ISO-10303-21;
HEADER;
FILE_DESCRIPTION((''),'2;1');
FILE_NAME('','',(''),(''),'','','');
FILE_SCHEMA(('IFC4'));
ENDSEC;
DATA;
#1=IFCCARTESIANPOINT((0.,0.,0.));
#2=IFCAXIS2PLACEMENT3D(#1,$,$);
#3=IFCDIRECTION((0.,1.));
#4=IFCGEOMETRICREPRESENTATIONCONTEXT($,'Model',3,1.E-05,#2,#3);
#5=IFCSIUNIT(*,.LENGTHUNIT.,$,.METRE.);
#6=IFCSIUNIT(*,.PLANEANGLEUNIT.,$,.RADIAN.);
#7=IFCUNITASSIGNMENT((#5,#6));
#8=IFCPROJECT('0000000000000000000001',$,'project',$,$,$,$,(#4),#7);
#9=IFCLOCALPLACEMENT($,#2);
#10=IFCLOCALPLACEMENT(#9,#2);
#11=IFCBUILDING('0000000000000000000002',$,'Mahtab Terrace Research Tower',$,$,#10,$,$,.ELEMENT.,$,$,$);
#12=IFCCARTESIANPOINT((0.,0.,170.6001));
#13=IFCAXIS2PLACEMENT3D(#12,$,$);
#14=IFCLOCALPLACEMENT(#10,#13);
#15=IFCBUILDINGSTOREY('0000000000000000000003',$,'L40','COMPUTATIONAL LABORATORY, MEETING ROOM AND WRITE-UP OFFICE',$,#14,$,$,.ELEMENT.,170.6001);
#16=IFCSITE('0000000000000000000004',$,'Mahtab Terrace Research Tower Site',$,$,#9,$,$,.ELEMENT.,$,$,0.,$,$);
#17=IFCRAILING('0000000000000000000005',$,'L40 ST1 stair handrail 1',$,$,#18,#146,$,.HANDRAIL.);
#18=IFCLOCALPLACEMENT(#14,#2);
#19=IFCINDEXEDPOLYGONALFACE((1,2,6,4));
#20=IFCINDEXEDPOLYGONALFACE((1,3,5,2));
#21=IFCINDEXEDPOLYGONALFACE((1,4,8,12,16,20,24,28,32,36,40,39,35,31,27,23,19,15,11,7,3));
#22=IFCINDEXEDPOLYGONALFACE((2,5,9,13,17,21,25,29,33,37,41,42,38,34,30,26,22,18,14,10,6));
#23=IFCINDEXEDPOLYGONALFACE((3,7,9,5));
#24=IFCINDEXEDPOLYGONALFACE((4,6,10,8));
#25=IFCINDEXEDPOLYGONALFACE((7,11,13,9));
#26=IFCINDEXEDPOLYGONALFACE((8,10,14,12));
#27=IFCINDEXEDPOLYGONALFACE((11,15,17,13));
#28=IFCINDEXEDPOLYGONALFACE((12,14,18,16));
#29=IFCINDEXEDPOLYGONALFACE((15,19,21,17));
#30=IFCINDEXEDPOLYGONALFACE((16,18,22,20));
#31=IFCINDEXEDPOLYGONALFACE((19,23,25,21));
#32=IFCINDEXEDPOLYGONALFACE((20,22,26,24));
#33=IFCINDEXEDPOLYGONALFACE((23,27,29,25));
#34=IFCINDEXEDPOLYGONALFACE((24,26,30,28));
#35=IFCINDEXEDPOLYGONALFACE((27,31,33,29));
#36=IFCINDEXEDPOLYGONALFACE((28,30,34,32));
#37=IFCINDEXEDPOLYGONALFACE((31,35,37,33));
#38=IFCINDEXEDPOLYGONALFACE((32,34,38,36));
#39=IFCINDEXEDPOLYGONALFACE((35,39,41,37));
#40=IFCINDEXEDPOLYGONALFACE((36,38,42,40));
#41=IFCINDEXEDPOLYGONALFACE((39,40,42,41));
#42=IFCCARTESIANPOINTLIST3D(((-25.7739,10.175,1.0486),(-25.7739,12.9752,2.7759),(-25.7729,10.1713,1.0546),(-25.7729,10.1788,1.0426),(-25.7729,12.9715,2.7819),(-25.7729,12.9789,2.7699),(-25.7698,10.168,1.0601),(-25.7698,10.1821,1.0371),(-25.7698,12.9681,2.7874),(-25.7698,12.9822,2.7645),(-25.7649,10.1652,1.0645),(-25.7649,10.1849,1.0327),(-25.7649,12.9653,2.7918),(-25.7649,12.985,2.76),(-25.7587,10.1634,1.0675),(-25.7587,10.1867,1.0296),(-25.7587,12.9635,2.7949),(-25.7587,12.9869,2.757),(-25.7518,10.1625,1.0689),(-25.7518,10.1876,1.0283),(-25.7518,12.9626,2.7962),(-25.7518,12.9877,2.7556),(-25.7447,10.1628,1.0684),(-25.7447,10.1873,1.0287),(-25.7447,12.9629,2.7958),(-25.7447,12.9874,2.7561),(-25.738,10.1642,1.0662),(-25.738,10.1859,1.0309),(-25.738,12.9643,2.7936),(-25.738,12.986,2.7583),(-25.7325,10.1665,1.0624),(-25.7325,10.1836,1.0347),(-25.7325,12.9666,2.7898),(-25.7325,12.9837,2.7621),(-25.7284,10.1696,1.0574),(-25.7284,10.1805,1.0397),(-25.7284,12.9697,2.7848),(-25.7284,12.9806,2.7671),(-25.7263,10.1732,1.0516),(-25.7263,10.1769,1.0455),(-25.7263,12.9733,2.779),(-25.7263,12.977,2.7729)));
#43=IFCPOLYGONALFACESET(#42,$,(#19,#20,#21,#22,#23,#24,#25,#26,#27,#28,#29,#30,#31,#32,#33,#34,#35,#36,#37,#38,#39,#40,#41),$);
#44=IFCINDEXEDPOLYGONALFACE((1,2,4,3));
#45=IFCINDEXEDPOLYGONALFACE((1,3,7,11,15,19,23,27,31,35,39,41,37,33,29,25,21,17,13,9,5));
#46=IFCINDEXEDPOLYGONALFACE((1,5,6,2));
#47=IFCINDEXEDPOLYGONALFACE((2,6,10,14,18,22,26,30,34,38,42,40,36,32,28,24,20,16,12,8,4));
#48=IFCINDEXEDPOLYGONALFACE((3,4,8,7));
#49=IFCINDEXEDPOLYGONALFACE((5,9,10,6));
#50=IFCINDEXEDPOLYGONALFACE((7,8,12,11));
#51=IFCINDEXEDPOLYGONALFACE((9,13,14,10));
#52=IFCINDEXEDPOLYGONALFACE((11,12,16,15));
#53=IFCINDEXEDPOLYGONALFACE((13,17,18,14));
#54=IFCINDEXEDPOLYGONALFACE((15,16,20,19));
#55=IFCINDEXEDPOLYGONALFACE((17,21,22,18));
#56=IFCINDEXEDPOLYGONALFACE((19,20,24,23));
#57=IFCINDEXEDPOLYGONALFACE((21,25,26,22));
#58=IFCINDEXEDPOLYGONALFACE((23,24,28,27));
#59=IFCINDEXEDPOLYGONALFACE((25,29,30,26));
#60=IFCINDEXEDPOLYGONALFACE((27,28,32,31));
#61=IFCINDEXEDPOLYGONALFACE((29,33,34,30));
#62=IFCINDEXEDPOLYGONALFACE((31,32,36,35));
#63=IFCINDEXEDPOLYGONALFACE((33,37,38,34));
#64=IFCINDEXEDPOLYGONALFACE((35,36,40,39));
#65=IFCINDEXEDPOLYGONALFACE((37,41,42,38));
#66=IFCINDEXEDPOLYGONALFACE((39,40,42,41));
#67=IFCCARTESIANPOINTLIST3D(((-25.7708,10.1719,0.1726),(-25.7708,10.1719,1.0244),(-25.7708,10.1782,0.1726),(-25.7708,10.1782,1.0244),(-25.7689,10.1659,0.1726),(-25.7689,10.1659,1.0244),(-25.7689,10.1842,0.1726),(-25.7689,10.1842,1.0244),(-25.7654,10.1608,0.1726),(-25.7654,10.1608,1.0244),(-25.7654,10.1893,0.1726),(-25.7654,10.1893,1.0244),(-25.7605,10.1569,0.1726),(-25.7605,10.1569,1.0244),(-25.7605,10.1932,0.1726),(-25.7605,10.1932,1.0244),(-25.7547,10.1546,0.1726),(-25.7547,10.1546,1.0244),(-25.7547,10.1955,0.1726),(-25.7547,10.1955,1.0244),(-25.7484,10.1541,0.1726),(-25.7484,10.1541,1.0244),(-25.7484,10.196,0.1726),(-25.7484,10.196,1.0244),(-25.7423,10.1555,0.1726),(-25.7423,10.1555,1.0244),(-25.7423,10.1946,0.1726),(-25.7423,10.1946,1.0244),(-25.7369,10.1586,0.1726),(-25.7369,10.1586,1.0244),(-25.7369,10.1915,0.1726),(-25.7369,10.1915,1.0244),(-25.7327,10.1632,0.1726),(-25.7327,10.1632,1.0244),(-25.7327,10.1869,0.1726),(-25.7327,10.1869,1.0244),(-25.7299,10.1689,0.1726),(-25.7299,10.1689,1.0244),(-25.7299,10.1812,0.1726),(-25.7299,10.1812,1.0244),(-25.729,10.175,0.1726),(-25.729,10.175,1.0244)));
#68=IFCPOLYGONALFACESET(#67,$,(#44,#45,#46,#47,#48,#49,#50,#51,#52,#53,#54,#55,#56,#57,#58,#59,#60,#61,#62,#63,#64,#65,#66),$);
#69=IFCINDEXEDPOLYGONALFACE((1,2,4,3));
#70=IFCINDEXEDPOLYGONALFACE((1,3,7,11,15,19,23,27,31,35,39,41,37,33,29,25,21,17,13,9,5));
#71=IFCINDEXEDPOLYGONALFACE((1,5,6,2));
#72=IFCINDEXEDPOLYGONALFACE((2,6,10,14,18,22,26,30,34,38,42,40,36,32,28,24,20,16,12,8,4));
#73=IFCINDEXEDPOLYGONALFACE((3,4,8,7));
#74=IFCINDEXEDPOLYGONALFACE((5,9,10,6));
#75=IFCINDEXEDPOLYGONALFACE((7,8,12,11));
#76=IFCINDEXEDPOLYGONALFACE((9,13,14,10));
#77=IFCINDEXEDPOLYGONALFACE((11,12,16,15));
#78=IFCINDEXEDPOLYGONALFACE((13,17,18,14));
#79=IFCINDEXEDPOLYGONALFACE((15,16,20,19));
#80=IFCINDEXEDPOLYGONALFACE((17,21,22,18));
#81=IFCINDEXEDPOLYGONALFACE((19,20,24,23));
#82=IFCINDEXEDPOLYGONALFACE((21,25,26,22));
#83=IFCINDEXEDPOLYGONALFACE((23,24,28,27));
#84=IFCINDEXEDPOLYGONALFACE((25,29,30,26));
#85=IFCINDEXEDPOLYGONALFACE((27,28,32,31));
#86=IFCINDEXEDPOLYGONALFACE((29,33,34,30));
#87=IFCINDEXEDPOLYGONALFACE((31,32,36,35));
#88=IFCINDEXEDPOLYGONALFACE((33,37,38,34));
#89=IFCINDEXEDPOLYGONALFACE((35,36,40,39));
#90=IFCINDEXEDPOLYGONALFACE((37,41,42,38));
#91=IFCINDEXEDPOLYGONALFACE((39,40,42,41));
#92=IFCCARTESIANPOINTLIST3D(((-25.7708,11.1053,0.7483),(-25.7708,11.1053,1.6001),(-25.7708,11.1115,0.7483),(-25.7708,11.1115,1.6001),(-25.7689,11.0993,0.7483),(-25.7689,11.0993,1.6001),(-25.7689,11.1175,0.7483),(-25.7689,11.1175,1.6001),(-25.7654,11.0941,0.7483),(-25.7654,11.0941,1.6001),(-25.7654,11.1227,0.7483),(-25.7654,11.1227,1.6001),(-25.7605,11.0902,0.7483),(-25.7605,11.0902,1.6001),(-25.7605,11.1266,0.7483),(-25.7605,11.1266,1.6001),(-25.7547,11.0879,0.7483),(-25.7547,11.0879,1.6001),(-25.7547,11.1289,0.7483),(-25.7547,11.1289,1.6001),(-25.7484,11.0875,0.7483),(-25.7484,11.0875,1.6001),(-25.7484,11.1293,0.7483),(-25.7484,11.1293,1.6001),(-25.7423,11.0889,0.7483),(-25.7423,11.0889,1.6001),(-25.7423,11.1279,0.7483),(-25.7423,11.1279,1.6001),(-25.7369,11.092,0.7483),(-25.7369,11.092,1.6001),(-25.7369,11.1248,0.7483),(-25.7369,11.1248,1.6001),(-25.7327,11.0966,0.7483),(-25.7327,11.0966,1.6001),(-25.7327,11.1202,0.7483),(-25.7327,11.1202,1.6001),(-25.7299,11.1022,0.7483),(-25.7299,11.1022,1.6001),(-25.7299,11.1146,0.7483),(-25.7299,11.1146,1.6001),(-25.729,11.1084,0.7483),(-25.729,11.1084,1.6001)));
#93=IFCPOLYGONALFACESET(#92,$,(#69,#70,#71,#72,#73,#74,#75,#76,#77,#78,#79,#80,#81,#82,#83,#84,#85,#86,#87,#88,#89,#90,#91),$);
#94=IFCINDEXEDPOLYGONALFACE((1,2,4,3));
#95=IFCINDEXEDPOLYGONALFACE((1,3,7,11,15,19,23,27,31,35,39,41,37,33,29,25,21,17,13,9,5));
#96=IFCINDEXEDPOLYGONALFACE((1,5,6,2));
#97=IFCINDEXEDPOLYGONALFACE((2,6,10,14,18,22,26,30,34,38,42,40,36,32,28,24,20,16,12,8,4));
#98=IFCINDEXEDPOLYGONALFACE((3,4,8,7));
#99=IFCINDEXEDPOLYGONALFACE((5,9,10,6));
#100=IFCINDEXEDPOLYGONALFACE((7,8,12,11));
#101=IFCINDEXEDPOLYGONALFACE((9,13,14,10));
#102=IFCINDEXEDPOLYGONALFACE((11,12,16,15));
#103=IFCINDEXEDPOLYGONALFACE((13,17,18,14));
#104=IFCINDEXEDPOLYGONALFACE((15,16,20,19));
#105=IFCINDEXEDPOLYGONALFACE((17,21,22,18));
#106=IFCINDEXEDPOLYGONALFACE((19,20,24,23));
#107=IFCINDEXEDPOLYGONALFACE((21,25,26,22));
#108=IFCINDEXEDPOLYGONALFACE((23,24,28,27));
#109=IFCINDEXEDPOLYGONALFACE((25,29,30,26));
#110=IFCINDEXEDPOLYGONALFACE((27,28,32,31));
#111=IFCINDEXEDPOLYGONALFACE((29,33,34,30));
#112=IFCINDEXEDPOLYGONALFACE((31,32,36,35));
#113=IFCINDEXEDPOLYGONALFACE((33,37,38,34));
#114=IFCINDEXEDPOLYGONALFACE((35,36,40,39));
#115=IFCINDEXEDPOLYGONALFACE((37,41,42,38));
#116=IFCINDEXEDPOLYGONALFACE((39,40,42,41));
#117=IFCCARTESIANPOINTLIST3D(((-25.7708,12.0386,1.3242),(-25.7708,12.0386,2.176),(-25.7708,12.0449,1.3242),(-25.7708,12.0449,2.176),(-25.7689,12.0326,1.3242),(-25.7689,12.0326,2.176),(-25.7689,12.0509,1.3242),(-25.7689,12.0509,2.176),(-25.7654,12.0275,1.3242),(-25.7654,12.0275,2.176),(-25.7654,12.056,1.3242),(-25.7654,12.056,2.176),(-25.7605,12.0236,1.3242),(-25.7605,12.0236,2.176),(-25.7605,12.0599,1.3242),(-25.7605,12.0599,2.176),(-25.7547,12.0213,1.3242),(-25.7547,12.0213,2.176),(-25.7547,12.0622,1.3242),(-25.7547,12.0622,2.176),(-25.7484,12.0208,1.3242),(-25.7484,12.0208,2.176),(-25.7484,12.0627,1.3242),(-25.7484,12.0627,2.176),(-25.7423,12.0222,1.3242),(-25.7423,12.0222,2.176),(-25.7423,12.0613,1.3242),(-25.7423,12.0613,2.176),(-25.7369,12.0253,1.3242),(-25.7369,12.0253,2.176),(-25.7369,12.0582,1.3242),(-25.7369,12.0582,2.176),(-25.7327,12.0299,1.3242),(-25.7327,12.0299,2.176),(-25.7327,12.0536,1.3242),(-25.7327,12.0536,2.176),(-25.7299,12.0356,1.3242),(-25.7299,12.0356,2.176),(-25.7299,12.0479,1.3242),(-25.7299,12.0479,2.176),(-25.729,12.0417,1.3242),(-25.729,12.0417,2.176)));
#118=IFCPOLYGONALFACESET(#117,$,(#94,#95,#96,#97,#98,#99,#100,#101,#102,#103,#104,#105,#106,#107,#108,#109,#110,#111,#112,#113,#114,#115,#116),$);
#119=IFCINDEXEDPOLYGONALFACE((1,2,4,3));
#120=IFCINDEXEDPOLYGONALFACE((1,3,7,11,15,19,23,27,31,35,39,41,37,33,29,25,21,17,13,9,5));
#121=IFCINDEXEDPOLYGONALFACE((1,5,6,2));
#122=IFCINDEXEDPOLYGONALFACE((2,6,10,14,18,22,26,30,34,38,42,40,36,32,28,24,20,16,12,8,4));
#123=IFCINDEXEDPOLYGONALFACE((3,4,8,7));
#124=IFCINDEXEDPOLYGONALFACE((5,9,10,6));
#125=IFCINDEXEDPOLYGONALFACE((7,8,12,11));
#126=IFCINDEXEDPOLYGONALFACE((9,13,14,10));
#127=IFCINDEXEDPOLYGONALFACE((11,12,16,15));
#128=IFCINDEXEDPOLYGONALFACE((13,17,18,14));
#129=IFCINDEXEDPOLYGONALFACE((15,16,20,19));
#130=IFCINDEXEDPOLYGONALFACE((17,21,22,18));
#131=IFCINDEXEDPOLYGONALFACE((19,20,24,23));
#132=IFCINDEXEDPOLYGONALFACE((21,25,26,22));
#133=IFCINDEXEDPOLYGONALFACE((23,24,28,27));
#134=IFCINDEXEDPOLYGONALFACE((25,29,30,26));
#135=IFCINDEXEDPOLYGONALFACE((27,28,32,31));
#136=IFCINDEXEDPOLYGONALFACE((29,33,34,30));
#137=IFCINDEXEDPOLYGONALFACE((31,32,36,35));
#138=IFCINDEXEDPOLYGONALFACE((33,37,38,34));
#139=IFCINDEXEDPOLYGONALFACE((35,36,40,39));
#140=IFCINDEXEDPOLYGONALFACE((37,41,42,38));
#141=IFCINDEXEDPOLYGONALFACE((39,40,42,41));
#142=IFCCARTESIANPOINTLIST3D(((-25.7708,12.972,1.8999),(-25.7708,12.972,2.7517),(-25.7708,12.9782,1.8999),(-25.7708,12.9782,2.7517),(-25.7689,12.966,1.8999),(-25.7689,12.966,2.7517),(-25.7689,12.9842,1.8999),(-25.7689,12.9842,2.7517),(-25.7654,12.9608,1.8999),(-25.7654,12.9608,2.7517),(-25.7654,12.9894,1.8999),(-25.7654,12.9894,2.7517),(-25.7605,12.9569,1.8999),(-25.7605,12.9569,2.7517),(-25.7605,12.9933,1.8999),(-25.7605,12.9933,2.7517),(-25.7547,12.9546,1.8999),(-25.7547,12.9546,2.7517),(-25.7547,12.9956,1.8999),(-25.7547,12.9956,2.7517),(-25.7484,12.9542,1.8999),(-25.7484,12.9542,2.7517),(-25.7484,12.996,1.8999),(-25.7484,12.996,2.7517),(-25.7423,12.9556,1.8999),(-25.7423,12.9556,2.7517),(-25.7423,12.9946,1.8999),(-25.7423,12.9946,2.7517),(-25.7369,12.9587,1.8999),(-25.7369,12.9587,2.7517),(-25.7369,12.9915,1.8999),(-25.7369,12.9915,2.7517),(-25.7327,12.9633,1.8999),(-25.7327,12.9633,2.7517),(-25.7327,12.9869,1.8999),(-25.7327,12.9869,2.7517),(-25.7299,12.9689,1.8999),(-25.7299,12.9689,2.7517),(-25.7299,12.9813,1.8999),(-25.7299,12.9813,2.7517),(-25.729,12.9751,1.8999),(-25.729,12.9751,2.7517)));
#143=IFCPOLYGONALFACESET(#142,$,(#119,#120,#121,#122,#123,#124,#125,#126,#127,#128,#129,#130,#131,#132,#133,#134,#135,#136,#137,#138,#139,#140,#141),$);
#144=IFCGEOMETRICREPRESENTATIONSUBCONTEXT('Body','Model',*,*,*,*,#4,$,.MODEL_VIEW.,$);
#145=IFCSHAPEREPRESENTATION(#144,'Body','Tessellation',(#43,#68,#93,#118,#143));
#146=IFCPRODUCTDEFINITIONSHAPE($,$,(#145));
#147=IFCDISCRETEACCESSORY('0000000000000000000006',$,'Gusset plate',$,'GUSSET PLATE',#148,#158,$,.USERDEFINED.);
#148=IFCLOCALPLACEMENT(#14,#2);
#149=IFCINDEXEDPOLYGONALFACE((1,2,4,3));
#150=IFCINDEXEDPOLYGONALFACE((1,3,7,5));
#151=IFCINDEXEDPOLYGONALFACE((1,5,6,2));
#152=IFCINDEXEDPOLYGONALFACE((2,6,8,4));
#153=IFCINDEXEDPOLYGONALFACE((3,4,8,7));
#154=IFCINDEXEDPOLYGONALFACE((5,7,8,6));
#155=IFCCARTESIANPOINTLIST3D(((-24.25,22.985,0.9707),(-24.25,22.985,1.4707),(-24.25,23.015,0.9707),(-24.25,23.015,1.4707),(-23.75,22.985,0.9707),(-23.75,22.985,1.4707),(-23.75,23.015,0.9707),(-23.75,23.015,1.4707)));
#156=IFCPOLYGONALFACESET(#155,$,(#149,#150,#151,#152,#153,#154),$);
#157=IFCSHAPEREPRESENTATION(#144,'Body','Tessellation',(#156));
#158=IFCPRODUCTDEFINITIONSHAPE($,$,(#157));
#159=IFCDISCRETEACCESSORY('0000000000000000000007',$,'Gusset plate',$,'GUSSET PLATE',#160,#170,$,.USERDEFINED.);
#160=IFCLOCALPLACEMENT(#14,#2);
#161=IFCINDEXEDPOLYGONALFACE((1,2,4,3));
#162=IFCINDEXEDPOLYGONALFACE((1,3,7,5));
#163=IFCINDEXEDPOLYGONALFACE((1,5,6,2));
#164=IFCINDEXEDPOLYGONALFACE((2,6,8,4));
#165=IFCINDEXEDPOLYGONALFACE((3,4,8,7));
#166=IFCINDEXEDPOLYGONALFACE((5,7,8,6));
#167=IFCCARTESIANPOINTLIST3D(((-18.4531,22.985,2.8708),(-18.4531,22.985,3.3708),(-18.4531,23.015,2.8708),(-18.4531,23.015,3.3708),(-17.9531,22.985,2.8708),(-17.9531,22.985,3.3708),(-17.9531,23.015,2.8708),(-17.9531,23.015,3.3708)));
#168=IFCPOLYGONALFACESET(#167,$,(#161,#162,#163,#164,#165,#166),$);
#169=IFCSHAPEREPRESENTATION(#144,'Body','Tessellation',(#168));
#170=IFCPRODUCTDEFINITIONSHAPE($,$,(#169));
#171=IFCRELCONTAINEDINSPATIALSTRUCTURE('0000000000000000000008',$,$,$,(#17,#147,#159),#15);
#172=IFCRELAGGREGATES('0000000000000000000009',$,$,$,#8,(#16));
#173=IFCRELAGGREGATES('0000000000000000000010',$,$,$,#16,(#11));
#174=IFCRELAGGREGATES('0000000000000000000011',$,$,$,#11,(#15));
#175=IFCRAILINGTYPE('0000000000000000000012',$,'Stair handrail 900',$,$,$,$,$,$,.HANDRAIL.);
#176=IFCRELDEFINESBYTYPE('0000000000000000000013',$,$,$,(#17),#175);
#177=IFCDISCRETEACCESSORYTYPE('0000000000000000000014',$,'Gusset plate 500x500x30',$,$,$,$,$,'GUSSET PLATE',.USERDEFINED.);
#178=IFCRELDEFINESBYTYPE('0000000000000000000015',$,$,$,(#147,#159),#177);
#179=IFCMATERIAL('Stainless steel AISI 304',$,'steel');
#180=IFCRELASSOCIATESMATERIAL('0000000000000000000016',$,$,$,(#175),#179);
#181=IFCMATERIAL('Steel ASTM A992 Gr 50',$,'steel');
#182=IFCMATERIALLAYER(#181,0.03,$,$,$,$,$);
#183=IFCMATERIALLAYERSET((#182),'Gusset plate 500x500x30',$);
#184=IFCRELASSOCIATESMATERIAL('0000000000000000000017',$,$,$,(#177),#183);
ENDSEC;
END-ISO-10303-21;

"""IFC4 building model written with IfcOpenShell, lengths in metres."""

from ifc_helpers import new_model, si_unit, direction, frame, origin, origin_2d, place, context, subcontext, project, spatial, rectangle, circle, extrude, material, layer, layer_set, type_object, element, save


model = new_model("IFC4")

# Units and contexts
model_context = context("Model", 3, precision=1e-05, world=origin(), true_north=direction((0.0, 1.0)))
body_context = subcontext(model_context, "Body", "Model", "MODEL_VIEW")
ifc_project = project(units=[si_unit("LENGTHUNIT", "METRE"), si_unit("PLANEANGLEUNIT", "RADIAN")], contexts=[model_context])

# Site, building, storey
site_placement = place(None, origin())
site = spatial("IfcSite", under=ifc_project, at=site_placement, Name="Mahtab Terrace Research Tower Site", CompositionType="ELEMENT", RefElevation=0.0)
building_placement = place(site_placement, origin())
building = spatial("IfcBuilding", under=site, at=building_placement, Name="Mahtab Terrace Research Tower", CompositionType="ELEMENT")
storey_placement = place(building_placement, frame((0.0, 0.0, 170.6001)))
storey = spatial("IfcBuildingStorey", under=building, at=storey_placement, Name="L40", Description="COMPUTATIONAL LABORATORY, MEETING ROOM AND WRITE-UP OFFICE", CompositionType="ELEMENT", Elevation=170.6001)

# Shared definitions
ifc_material_1 = material(Name="Steel ASTM A992 Gr 50", Category="steel")

# Railing
ifc_material_2 = material(Name="Stainless steel AISI 304", Category="steel")
railing_type = type_object("IfcRailingType", Name="Stair handrail 900", PredefinedType="HANDRAIL", material=ifc_material_2)
railing_placement = place(storey_placement, frame((-25.75, 10.175, 0.1726)))
element("IfcRailing", 1, at=railing_placement, inside=storey, type_object=railing_type, Name="L40 ST1 stair handrail 1", PredefinedType="HANDRAIL", context=body_context, shape_type="SweptSolid", body=[
    extrude(circle(Radius=0.0239, at=origin_2d()), frame((0.0, 0.0, 0.876), z_axis=(0.0, 0.85109, 0.52502), x_axis=(-1.0, 0.0, 0.0)), (0.0, 0.0, 1.0), 3.29),
    extrude(circle(Radius=0.021, at=origin_2d()), origin(), (0.0, 0.0, 1.0), 0.8518),
    extrude(circle(Radius=0.021, at=origin_2d()), frame((0.0, 0.9333, 0.5757)), (0.0, 0.0, 1.0), 0.8518),
    extrude(circle(Radius=0.021, at=origin_2d()), frame((0.0, 1.8667, 1.1516)), (0.0, 0.0, 1.0), 0.8518),
    extrude(circle(Radius=0.021, at=origin_2d()), frame((0.0, 2.8, 1.7273)), (0.0, 0.0, 1.0), 0.8518),
])

# Discrete accessories
ifc_layer_1 = layer(ifc_material_1, 0.03)
ifc_layer_set_1 = layer_set([ifc_layer_1], Name="Gusset plate 500x500x30")
discrete_accessory_type = type_object("IfcDiscreteAccessoryType", Name="Gusset plate 500x500x30", ElementType="GUSSET PLATE", PredefinedType="USERDEFINED", material=ifc_layer_set_1)
for number, where, z_axis, x_axis, name in (
    (2, (-24.0, 23.0, 0.9707), (0.0, 0.0, 1.0), (1.0, 0.0, 0.0), "Gusset plate"),
    (3, (-18.2031, 23.0, 2.8708), (0.0, 0.0, 1.0), (1.0, 0.0, 0.0), "Gusset plate"),
):
    element("IfcDiscreteAccessory", number, at=place(storey_placement, frame(where, z_axis=z_axis, x_axis=x_axis)), inside=storey, type_object=discrete_accessory_type, Name=name, ObjectType="GUSSET PLATE", PredefinedType="USERDEFINED", context=body_context, shape_type="SweptSolid", body=[
        extrude(rectangle(XDim=0.5, YDim=0.03, at=origin_2d()), origin(), (0.0, 0.0, 1.0), 0.5),
    ])

save(model, "model.ifc")
